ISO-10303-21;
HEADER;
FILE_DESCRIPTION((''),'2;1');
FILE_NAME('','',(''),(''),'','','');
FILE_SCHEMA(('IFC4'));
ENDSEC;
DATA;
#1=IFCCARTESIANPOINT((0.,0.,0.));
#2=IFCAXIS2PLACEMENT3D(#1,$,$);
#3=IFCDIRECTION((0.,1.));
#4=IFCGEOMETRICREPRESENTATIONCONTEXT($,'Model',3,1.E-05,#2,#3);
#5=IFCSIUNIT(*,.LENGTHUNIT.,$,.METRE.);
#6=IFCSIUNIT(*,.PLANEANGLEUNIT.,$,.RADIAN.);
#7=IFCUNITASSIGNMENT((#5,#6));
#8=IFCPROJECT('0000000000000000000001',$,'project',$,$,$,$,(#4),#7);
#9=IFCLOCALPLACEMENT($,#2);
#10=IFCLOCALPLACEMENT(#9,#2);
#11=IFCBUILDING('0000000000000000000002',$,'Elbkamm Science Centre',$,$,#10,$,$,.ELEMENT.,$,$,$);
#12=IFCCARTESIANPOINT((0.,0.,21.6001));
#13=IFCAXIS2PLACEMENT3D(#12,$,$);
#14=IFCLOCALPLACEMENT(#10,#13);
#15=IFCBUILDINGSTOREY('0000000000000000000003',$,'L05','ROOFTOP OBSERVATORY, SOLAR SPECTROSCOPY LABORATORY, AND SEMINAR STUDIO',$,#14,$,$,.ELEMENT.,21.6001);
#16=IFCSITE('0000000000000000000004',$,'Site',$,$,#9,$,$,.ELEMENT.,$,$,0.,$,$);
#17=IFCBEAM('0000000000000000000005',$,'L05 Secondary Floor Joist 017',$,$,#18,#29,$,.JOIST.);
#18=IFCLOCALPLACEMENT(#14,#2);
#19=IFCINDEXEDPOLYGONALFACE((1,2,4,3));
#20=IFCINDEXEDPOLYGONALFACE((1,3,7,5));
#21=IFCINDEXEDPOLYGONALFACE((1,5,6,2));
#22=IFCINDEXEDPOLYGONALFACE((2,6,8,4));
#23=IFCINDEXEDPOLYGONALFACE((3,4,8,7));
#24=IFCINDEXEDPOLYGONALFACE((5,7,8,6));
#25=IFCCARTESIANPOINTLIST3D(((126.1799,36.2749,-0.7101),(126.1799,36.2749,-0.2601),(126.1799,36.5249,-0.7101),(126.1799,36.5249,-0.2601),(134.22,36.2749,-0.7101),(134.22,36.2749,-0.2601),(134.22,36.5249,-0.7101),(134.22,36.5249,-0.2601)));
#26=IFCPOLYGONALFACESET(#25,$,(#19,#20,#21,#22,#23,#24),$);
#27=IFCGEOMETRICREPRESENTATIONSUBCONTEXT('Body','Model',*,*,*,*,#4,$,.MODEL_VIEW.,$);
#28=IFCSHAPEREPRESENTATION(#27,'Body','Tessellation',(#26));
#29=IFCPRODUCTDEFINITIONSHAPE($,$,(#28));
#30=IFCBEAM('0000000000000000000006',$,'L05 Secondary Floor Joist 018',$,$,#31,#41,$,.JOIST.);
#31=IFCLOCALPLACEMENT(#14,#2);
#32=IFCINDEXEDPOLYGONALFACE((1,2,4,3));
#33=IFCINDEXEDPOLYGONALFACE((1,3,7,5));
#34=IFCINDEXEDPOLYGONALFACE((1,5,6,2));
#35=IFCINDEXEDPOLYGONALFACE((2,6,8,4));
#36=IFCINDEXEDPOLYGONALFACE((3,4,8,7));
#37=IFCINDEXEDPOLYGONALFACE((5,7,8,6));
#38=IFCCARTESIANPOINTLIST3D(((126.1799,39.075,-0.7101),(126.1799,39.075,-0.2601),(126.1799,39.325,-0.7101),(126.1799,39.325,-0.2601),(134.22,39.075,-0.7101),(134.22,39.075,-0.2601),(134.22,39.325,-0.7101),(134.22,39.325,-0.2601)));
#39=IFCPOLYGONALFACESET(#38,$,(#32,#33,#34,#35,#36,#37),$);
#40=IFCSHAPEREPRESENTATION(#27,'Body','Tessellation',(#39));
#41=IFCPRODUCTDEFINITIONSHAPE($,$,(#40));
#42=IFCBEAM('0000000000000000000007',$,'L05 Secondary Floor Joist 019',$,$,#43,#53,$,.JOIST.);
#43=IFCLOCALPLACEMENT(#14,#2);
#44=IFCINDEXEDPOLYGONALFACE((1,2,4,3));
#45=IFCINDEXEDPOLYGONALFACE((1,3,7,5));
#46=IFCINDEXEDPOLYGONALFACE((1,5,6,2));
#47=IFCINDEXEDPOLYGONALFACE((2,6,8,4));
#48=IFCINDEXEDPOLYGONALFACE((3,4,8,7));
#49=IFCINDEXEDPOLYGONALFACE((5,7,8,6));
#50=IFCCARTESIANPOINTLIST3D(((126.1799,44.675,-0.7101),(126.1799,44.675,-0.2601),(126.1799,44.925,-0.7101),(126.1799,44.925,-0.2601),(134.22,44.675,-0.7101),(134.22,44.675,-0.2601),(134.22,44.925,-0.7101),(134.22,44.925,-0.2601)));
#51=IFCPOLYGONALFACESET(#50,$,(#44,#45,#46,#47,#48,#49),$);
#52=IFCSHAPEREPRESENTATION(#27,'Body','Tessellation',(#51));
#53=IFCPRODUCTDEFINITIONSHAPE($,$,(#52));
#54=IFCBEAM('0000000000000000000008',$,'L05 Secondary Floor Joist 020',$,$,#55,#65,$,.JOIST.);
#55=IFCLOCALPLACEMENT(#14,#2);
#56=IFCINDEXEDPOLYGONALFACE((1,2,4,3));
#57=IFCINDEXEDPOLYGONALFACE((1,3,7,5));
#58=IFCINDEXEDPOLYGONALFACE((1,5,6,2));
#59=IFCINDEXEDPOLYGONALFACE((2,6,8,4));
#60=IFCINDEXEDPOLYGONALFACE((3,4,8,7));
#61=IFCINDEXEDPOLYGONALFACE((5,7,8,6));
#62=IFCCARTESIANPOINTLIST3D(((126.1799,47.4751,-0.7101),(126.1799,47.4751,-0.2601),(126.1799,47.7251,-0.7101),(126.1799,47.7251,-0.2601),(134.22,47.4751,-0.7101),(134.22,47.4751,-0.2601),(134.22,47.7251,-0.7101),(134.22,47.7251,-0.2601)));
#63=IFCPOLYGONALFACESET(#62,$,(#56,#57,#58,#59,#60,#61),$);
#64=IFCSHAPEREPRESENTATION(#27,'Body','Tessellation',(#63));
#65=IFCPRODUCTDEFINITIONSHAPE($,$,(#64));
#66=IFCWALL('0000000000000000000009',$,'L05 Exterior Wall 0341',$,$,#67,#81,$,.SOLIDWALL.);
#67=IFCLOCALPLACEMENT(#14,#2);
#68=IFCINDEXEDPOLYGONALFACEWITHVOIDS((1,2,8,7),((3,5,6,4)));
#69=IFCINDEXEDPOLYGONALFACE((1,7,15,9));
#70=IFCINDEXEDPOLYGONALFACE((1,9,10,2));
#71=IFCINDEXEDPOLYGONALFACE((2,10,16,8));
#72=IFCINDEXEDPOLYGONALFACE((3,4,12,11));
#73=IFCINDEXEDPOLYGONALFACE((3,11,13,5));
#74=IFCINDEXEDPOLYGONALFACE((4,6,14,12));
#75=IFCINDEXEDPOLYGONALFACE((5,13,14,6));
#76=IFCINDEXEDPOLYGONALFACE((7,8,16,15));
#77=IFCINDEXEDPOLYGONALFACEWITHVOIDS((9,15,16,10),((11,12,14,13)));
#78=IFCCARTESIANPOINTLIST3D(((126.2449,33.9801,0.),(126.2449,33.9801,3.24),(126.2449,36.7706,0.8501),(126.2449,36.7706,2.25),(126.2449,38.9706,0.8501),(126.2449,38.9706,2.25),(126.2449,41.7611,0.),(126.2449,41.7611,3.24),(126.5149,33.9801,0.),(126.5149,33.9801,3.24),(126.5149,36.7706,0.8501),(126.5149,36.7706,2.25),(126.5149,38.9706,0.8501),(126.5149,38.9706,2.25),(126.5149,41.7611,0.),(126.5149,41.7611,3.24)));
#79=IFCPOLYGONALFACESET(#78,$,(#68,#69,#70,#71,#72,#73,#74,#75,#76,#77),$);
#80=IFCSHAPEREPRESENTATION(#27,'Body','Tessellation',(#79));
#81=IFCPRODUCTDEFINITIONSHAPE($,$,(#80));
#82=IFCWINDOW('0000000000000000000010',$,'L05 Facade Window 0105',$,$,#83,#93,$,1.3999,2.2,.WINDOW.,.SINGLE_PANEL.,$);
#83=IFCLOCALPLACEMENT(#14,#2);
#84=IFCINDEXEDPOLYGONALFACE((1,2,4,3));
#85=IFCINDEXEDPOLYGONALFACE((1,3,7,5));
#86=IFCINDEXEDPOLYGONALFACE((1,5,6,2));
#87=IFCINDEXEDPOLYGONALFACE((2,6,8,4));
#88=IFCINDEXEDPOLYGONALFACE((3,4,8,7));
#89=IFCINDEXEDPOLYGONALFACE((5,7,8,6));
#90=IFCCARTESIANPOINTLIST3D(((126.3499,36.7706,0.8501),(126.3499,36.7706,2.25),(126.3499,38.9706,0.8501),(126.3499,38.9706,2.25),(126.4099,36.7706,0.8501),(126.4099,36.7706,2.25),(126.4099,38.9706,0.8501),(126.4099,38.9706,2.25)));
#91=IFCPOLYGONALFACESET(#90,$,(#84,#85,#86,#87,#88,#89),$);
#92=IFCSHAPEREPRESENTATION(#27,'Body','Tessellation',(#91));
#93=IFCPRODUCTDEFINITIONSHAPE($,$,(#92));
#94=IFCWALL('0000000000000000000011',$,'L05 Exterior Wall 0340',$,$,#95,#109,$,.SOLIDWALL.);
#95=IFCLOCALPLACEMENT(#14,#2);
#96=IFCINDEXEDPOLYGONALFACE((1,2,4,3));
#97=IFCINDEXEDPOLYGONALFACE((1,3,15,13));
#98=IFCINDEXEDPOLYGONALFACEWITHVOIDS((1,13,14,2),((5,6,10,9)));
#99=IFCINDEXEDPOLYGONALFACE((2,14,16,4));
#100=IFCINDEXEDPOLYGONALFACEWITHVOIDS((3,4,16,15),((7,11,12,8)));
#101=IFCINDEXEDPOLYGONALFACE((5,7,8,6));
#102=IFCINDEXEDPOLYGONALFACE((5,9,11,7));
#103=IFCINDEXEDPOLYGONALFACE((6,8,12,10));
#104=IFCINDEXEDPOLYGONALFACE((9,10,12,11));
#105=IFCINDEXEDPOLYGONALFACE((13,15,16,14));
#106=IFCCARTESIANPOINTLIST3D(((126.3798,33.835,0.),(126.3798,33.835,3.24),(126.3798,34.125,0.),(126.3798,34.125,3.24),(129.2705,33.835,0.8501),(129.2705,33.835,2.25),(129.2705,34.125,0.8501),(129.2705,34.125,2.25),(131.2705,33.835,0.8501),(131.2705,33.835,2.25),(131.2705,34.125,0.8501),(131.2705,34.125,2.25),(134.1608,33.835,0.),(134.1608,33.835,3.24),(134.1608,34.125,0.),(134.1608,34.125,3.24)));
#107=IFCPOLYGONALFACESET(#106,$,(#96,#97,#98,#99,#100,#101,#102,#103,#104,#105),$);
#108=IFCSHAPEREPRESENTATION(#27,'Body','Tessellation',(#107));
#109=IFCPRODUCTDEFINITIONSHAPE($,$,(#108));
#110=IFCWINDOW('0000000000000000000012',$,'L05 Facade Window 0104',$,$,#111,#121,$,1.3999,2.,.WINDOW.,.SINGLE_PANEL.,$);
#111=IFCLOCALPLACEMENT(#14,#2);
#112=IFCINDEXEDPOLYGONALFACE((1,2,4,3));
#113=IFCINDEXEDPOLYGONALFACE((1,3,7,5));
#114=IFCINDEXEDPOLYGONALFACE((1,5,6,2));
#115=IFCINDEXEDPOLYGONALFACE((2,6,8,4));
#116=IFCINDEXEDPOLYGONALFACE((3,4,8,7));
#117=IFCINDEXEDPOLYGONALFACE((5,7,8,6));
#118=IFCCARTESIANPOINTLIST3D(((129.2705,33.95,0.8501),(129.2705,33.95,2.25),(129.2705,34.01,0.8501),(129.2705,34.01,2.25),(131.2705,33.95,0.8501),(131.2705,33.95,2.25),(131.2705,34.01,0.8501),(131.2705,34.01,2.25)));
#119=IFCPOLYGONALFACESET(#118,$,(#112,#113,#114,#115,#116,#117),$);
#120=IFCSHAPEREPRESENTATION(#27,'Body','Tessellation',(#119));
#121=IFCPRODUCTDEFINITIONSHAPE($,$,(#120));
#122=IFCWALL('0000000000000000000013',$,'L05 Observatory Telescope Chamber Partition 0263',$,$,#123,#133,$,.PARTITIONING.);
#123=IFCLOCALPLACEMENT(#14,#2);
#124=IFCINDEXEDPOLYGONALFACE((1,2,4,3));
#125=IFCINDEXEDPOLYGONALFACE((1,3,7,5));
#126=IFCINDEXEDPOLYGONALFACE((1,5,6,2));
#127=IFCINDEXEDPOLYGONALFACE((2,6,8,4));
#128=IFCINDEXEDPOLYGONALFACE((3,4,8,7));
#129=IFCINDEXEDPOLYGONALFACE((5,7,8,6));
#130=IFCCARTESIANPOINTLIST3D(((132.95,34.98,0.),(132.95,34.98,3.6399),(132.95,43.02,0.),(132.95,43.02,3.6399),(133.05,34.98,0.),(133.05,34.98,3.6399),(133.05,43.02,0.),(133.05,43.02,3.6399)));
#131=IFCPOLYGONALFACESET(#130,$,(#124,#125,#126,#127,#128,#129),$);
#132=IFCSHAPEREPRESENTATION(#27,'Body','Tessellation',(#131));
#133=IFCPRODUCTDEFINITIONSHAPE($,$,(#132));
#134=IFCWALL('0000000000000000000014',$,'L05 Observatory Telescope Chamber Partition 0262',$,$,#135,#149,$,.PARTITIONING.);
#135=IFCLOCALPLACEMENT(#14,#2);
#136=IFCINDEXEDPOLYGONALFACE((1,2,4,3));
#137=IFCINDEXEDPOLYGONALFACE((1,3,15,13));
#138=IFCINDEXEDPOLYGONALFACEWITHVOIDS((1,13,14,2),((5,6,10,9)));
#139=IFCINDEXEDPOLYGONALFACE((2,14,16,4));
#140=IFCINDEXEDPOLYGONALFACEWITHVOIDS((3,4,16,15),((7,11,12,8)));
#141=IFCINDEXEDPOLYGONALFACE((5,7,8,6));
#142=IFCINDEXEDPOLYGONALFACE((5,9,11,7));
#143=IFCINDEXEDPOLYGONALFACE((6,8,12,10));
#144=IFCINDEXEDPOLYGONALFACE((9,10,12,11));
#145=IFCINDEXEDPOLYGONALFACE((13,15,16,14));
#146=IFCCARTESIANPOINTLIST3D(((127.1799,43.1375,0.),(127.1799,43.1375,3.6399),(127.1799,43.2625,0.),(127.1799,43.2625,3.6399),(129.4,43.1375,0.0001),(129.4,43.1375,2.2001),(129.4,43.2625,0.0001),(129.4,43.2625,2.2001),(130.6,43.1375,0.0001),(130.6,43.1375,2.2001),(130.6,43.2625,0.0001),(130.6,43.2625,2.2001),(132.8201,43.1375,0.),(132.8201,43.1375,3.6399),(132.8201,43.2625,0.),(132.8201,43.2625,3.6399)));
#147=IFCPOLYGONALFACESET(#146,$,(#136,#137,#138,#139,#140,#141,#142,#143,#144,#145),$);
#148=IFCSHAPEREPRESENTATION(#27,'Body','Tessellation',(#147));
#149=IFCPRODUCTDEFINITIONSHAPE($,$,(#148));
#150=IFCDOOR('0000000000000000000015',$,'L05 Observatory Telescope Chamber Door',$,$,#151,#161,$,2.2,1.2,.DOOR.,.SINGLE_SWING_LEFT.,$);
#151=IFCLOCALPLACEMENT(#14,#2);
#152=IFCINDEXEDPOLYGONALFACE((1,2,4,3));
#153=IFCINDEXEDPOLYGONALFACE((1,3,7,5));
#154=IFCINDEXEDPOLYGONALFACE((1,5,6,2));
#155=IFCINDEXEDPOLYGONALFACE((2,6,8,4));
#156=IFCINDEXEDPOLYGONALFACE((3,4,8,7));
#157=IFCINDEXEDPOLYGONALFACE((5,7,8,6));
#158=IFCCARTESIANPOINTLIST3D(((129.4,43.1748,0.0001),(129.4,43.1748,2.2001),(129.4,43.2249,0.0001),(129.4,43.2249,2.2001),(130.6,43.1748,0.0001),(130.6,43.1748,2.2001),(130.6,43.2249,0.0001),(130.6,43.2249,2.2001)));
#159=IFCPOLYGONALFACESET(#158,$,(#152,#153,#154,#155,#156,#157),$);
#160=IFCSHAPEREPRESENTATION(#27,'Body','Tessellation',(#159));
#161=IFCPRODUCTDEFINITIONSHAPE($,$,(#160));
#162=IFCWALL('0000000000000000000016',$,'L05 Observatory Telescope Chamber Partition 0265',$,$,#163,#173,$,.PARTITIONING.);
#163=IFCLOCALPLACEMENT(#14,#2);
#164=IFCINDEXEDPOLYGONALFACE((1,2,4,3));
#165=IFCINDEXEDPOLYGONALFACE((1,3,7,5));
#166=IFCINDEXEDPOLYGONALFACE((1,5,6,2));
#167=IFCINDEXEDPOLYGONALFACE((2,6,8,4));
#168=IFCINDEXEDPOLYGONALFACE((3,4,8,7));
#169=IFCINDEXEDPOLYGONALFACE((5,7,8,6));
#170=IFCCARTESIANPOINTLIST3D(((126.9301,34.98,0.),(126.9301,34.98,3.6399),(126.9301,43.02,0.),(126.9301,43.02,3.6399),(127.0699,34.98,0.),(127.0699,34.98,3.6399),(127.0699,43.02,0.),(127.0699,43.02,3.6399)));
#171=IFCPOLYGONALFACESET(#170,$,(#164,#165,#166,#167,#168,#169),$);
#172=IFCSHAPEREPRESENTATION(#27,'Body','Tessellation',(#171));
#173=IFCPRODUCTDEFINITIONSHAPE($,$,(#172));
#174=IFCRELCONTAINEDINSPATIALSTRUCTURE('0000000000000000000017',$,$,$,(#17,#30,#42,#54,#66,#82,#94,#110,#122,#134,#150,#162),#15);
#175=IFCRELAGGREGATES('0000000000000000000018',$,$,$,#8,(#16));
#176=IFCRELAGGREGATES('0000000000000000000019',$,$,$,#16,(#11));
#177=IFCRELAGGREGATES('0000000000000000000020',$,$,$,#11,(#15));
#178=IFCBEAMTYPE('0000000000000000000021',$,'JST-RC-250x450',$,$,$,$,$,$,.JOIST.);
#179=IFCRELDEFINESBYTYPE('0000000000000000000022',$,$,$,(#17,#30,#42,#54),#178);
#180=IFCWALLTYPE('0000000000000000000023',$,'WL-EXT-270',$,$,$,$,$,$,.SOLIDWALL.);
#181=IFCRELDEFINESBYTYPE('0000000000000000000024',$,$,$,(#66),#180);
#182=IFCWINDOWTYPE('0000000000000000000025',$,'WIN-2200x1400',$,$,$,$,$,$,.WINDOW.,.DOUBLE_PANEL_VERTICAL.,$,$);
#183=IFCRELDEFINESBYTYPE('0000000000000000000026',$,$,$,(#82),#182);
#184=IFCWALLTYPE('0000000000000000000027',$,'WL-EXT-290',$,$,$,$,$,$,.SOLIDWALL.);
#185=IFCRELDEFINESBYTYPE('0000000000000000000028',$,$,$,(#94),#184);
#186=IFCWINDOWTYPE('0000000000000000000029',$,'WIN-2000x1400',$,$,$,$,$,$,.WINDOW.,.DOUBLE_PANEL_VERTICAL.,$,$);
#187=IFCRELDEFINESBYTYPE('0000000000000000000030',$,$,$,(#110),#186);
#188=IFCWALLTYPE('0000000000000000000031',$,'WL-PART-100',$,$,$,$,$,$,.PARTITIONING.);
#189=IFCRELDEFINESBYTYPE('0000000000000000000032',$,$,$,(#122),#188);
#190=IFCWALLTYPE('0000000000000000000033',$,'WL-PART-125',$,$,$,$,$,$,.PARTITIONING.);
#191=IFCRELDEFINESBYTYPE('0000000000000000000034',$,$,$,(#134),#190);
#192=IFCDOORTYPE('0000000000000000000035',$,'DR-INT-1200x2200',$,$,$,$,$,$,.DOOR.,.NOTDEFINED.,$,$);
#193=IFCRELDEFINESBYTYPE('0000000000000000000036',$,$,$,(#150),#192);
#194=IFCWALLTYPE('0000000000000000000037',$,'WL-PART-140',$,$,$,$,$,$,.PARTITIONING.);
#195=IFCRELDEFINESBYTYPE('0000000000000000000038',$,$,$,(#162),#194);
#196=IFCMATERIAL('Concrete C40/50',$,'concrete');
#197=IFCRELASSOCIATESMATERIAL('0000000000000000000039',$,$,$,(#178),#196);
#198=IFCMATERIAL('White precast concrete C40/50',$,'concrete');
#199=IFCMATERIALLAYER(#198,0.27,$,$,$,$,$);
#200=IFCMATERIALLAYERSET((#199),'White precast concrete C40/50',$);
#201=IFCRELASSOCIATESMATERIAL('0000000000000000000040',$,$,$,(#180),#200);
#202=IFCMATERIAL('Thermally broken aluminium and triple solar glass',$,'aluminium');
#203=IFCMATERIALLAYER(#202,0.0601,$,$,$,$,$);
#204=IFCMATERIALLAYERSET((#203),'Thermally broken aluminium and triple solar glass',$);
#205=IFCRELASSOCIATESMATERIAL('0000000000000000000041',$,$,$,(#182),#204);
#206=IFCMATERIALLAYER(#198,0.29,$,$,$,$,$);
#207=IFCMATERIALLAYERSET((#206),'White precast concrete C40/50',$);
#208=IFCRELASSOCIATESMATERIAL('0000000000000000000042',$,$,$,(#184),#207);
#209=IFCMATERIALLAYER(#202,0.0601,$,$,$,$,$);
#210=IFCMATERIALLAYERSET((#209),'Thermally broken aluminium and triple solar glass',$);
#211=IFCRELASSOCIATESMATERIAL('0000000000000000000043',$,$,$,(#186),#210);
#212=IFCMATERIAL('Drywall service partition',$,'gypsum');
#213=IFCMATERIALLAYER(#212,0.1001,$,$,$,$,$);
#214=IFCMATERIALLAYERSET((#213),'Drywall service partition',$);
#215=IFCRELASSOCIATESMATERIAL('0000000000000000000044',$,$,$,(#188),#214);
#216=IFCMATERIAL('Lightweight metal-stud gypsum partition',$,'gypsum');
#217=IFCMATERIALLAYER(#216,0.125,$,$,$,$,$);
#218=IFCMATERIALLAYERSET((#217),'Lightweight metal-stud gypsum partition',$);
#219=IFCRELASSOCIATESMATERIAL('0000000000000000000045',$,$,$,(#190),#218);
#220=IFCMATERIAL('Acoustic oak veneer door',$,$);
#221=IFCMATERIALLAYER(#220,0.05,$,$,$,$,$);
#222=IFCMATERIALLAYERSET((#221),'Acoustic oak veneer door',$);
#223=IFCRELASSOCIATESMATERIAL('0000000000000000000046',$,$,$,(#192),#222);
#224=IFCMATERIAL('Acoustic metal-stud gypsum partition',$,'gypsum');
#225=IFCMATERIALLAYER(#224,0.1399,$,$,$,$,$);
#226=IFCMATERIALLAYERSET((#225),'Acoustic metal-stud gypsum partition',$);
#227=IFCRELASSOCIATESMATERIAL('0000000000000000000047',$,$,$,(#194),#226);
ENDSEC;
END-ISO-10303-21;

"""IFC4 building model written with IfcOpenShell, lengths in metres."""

from ifc_helpers import new_model, si_unit, direction, frame, frame_2d, origin, origin_2d, place, context, subcontext, project, spatial, rectangle, extrude, material, layer, layer_set, material_profile, profile_set, type_object, element, fill, save


model = new_model("IFC4")

# Units and contexts
model_context = context("Model", 3, precision=1e-05, world=origin(), true_north=direction((0.0, 1.0)))
body_context = subcontext(model_context, "Body", "Model", "MODEL_VIEW")
ifc_project = project(units=[si_unit("LENGTHUNIT", "METRE"), si_unit("PLANEANGLEUNIT", "RADIAN")], contexts=[model_context])

# Site, building, storey
site_placement = place(None, origin())
site = spatial("IfcSite", under=ifc_project, at=site_placement, Name="Site", CompositionType="ELEMENT", RefElevation=0.0)
building_placement = place(site_placement, origin())
building = spatial("IfcBuilding", under=site, at=building_placement, Name="Elbkamm Science Centre", CompositionType="ELEMENT")
storey_placement = place(building_placement, frame((0.0, 0.0, 21.6001)))
storey = spatial("IfcBuildingStorey", under=building, at=storey_placement, Name="L05", Description="ROOFTOP OBSERVATORY, SOLAR SPECTROSCOPY LABORATORY, AND SEMINAR STUDIO", CompositionType="ELEMENT", Elevation=21.6001)

# Beams
ifc_material_1 = material(Name="Concrete C40/50", Category="concrete")
ifc_material_profile_1 = material_profile(ifc_material_1, rectangle(XDim=0.25, YDim=0.45, at=origin_2d()), Name="RC 250x450")
ifc_profile_set_1 = profile_set([ifc_material_profile_1], Name="Concrete C40/50")
beam_type_1 = type_object("IfcBeamType", Name="JST-RC-250x450", PredefinedType="JOIST", material=ifc_profile_set_1)
for number, where, z_axis, x_axis, name in (
    (1, (126.1799, 36.3999, -0.4851), (1.0, 0.0, 0.0), (0.0, 1.0, 0.0), "L05 Secondary Floor Joist 017"),
    (2, (126.1799, 39.2, -0.4851), (1.0, 0.0, 0.0), (0.0, 1.0, 0.0), "L05 Secondary Floor Joist 018"),
    (3, (126.1799, 44.8, -0.4851), (1.0, 0.0, 0.0), (0.0, 1.0, 0.0), "L05 Secondary Floor Joist 019"),
    (4, (126.1799, 47.6001, -0.4851), (1.0, 0.0, 0.0), (0.0, 1.0, 0.0), "L05 Secondary Floor Joist 020"),
):
    element("IfcBeam", number, at=place(storey_placement, frame(where, z_axis=z_axis, x_axis=x_axis)), inside=storey, type_object=beam_type_1, Name=name, PredefinedType="JOIST", context=body_context, shape_type="SweptSolid", body=[
        extrude(rectangle(XDim=0.25, YDim=0.45, at=origin_2d()), origin(), (0.0, 0.0, 1.0), 8.04),
    ])

# Walls, openings, windows
ifc_material_2 = material(Name="White precast concrete C40/50", Category="concrete")
ifc_layer_1 = layer(ifc_material_2, 0.27)
ifc_layer_set_1 = layer_set([ifc_layer_1], Name="White precast concrete C40/50")
wall_type_1 = type_object("IfcWallType", Name="WL-EXT-270", PredefinedType="SOLIDWALL", material=ifc_layer_set_1)
wall_1_placement = place(storey_placement, frame((126.3799, 33.98, 0.0), z_axis=(0.0, 0.0, 1.0), x_axis=(0.0, 1.0, 0.0)))
wall_1 = element("IfcWall", 5, at=wall_1_placement, inside=storey, type_object=wall_type_1, Name="L05 Exterior Wall 0341", PredefinedType="SOLIDWALL", context=body_context, shape_type="SweptSolid", body=[
    extrude(rectangle(XDim=7.781, YDim=0.27, at=frame_2d((3.8906, 0.0))), origin(), (0.0, 0.0, 1.0), 3.24),
])
opening_1_placement = place(wall_1_placement, frame((2.7905, 0.0, 0.8501)))
opening_1 = element("IfcOpeningElement", 6, at=opening_1_placement, cuts=wall_1, PredefinedType="OPENING", context=body_context, shape_type="SweptSolid", body=[
    extrude(rectangle(XDim=2.2, YDim=1.3999, at=frame_2d((1.1001, 0.7))), frame((0.0, 0.147, 0.0), z_axis=(0.0, -1.0, 0.0), x_axis=(1.0, 0.0, 0.0)), (0.0, 0.0, 1.0), 0.2939),
])
ifc_material_3 = material(Name="Thermally broken aluminium and triple solar glass", Category="aluminium")
ifc_layer_2 = layer(ifc_material_3, 0.0601)
ifc_layer_set_2 = layer_set([ifc_layer_2], Name="Thermally broken aluminium and triple solar glass")
window_type_1 = type_object("IfcWindowType", Name="WIN-2200x1400", PartitioningType="DOUBLE_PANEL_VERTICAL", PredefinedType="WINDOW", material=ifc_layer_set_2)
window_1_placement = place(opening_1_placement, origin())
window_1 = element("IfcWindow", 7, at=window_1_placement, inside=storey, type_object=window_type_1, Name="L05 Facade Window 0105", OverallHeight=1.3999, OverallWidth=2.2, PartitioningType="SINGLE_PANEL", PredefinedType="WINDOW", context=body_context, shape_type="SweptSolid", body=[
    extrude(rectangle(XDim=2.2, YDim=1.3999, at=frame_2d((1.1001, 0.7))), frame((0.0, 0.03, 0.0), z_axis=(0.0, -1.0, 0.0), x_axis=(1.0, 0.0, 0.0)), (0.0, 0.0, 1.0), 0.0601),
])
fill(opening_1, window_1)
ifc_layer_3 = layer(ifc_material_2, 0.29)
ifc_layer_set_3 = layer_set([ifc_layer_3], Name="White precast concrete C40/50")
wall_type_2 = type_object("IfcWallType", Name="WL-EXT-290", PredefinedType="SOLIDWALL", material=ifc_layer_set_3)
wall_2_placement = place(storey_placement, frame((134.1609, 33.98, 0.0), z_axis=(0.0, 0.0, 1.0), x_axis=(-1.0, 0.0, 0.0)))
wall_2 = element("IfcWall", 8, at=wall_2_placement, inside=storey, type_object=wall_type_2, Name="L05 Exterior Wall 0340", PredefinedType="SOLIDWALL", context=body_context, shape_type="SweptSolid", body=[
    extrude(rectangle(XDim=7.781, YDim=0.29, at=frame_2d((3.8906, 0.0))), origin(), (0.0, 0.0, 1.0), 3.24),
])
opening_2_placement = place(wall_2_placement, frame((2.8904, 0.0, 0.8501)))
opening_2 = element("IfcOpeningElement", 9, at=opening_2_placement, cuts=wall_2, PredefinedType="OPENING", context=body_context, shape_type="SweptSolid", body=[
    extrude(rectangle(XDim=2.0, YDim=1.3999, at=frame_2d((1.0, 0.7))), frame((0.0, 0.157, 0.0), z_axis=(0.0, -1.0, 0.0), x_axis=(1.0, 0.0, 0.0)), (0.0, 0.0, 1.0), 0.314),
])
ifc_layer_4 = layer(ifc_material_3, 0.0601)
ifc_layer_set_4 = layer_set([ifc_layer_4], Name="Thermally broken aluminium and triple solar glass")
window_type_2 = type_object("IfcWindowType", Name="WIN-2000x1400", PartitioningType="DOUBLE_PANEL_VERTICAL", PredefinedType="WINDOW", material=ifc_layer_set_4)
window_2_placement = place(opening_2_placement, origin())
window_2 = element("IfcWindow", 10, at=window_2_placement, inside=storey, type_object=window_type_2, Name="L05 Facade Window 0104", OverallHeight=1.3999, OverallWidth=2.0, PartitioningType="SINGLE_PANEL", PredefinedType="WINDOW", context=body_context, shape_type="SweptSolid", body=[
    extrude(rectangle(XDim=2.0, YDim=1.3999, at=frame_2d((1.0, 0.7))), frame((0.0, 0.03, 0.0), z_axis=(0.0, -1.0, 0.0), x_axis=(1.0, 0.0, 0.0)), (0.0, 0.0, 1.0), 0.0601),
])
fill(opening_2, window_2)

# Wall
ifc_material_4 = material(Name="Drywall service partition", Category="gypsum")
ifc_layer_5 = layer(ifc_material_4, 0.1001)
ifc_layer_set_5 = layer_set([ifc_layer_5], Name="Drywall service partition")
wall_type_3 = type_object("IfcWallType", Name="WL-PART-100", PredefinedType="PARTITIONING", material=ifc_layer_set_5)
wall_3_placement = place(storey_placement, frame((133.0, 43.02, 0.0), z_axis=(0.0, 0.0, 1.0), x_axis=(0.0, -1.0, 0.0)))
element("IfcWall", 11, at=wall_3_placement, inside=storey, type_object=wall_type_3, Name="L05 Observatory Telescope Chamber Partition 0263", PredefinedType="PARTITIONING", context=body_context, shape_type="SweptSolid", body=[
    extrude(rectangle(XDim=8.04, YDim=0.1001, at=frame_2d((4.02, 0.0))), origin(), (0.0, 0.0, 1.0), 3.6399),
])

# Wall, opening, door
ifc_material_5 = material(Name="Lightweight metal-stud gypsum partition", Category="gypsum")
ifc_layer_6 = layer(ifc_material_5, 0.125)
ifc_layer_set_6 = layer_set([ifc_layer_6], Name="Lightweight metal-stud gypsum partition")
wall_type_4 = type_object("IfcWallType", Name="WL-PART-125", PredefinedType="PARTITIONING", material=ifc_layer_set_6)
wall_4_placement = place(storey_placement, frame((127.1799, 43.2, 0.0), z_axis=(0.0, 0.0, 1.0), x_axis=(1.0, 0.0, 0.0)))
wall_4 = element("IfcWall", 12, at=wall_4_placement, inside=storey, type_object=wall_type_4, Name="L05 Observatory Telescope Chamber Partition 0262", PredefinedType="PARTITIONING", context=body_context, shape_type="SweptSolid", body=[
    extrude(rectangle(XDim=5.6401, YDim=0.125, at=frame_2d((2.8201, 0.0))), origin(), (0.0, 0.0, 1.0), 3.6399),
])
opening_3_placement = place(wall_4_placement, frame((2.22, 0.0, 0.0)))
opening_3 = element("IfcOpeningElement", 13, at=opening_3_placement, cuts=wall_4, PredefinedType="OPENING", context=body_context, shape_type="SweptSolid", body=[
    extrude(rectangle(XDim=1.2, YDim=2.2, at=frame_2d((0.6001, 1.1001))), frame((0.0, 0.0745, 0.0), z_axis=(0.0, -1.0, 0.0), x_axis=(1.0, 0.0, 0.0)), (0.0, 0.0, 1.0), 0.1489),
])
ifc_material_6 = material(Name="Acoustic oak veneer door")
ifc_layer_7 = layer(ifc_material_6, 0.05)
ifc_layer_set_7 = layer_set([ifc_layer_7], Name="Acoustic oak veneer door")
door_type = type_object("IfcDoorType", Name="DR-INT-1200x2200", OperationType="NOTDEFINED", PredefinedType="DOOR", material=ifc_layer_set_7)
door_placement = place(opening_3_placement, origin())
door = element("IfcDoor", 14, at=door_placement, inside=storey, type_object=door_type, Name="L05 Observatory Telescope Chamber Door", OperationType="SINGLE_SWING_LEFT", OverallHeight=2.2, OverallWidth=1.2, PredefinedType="DOOR", context=body_context, shape_type="SweptSolid", body=[
    extrude(rectangle(XDim=1.2, YDim=2.2, at=frame_2d((0.6001, 1.1001))), frame((0.0, 0.0249, 0.0), z_axis=(0.0, -1.0, 0.0), x_axis=(1.0, 0.0, 0.0)), (0.0, 0.0, 1.0), 0.05),
])
fill(opening_3, door)

# Wall
ifc_material_7 = material(Name="Acoustic metal-stud gypsum partition", Category="gypsum")
ifc_layer_8 = layer(ifc_material_7, 0.1399)
ifc_layer_set_8 = layer_set([ifc_layer_8], Name="Acoustic metal-stud gypsum partition")
wall_type_5 = type_object("IfcWallType", Name="WL-PART-140", PredefinedType="PARTITIONING", material=ifc_layer_set_8)
wall_5_placement = place(storey_placement, frame((127.0, 34.98, 0.0), z_axis=(0.0, 0.0, 1.0), x_axis=(0.0, 1.0, 0.0)))
element("IfcWall", 15, at=wall_5_placement, inside=storey, type_object=wall_type_5, Name="L05 Observatory Telescope Chamber Partition 0265", PredefinedType="PARTITIONING", context=body_context, shape_type="SweptSolid", body=[
    extrude(rectangle(XDim=8.04, YDim=0.1399, at=frame_2d((4.02, 0.0))), origin(), (0.0, 0.0, 1.0), 3.6399),
])

save(model, "model.ifc")
